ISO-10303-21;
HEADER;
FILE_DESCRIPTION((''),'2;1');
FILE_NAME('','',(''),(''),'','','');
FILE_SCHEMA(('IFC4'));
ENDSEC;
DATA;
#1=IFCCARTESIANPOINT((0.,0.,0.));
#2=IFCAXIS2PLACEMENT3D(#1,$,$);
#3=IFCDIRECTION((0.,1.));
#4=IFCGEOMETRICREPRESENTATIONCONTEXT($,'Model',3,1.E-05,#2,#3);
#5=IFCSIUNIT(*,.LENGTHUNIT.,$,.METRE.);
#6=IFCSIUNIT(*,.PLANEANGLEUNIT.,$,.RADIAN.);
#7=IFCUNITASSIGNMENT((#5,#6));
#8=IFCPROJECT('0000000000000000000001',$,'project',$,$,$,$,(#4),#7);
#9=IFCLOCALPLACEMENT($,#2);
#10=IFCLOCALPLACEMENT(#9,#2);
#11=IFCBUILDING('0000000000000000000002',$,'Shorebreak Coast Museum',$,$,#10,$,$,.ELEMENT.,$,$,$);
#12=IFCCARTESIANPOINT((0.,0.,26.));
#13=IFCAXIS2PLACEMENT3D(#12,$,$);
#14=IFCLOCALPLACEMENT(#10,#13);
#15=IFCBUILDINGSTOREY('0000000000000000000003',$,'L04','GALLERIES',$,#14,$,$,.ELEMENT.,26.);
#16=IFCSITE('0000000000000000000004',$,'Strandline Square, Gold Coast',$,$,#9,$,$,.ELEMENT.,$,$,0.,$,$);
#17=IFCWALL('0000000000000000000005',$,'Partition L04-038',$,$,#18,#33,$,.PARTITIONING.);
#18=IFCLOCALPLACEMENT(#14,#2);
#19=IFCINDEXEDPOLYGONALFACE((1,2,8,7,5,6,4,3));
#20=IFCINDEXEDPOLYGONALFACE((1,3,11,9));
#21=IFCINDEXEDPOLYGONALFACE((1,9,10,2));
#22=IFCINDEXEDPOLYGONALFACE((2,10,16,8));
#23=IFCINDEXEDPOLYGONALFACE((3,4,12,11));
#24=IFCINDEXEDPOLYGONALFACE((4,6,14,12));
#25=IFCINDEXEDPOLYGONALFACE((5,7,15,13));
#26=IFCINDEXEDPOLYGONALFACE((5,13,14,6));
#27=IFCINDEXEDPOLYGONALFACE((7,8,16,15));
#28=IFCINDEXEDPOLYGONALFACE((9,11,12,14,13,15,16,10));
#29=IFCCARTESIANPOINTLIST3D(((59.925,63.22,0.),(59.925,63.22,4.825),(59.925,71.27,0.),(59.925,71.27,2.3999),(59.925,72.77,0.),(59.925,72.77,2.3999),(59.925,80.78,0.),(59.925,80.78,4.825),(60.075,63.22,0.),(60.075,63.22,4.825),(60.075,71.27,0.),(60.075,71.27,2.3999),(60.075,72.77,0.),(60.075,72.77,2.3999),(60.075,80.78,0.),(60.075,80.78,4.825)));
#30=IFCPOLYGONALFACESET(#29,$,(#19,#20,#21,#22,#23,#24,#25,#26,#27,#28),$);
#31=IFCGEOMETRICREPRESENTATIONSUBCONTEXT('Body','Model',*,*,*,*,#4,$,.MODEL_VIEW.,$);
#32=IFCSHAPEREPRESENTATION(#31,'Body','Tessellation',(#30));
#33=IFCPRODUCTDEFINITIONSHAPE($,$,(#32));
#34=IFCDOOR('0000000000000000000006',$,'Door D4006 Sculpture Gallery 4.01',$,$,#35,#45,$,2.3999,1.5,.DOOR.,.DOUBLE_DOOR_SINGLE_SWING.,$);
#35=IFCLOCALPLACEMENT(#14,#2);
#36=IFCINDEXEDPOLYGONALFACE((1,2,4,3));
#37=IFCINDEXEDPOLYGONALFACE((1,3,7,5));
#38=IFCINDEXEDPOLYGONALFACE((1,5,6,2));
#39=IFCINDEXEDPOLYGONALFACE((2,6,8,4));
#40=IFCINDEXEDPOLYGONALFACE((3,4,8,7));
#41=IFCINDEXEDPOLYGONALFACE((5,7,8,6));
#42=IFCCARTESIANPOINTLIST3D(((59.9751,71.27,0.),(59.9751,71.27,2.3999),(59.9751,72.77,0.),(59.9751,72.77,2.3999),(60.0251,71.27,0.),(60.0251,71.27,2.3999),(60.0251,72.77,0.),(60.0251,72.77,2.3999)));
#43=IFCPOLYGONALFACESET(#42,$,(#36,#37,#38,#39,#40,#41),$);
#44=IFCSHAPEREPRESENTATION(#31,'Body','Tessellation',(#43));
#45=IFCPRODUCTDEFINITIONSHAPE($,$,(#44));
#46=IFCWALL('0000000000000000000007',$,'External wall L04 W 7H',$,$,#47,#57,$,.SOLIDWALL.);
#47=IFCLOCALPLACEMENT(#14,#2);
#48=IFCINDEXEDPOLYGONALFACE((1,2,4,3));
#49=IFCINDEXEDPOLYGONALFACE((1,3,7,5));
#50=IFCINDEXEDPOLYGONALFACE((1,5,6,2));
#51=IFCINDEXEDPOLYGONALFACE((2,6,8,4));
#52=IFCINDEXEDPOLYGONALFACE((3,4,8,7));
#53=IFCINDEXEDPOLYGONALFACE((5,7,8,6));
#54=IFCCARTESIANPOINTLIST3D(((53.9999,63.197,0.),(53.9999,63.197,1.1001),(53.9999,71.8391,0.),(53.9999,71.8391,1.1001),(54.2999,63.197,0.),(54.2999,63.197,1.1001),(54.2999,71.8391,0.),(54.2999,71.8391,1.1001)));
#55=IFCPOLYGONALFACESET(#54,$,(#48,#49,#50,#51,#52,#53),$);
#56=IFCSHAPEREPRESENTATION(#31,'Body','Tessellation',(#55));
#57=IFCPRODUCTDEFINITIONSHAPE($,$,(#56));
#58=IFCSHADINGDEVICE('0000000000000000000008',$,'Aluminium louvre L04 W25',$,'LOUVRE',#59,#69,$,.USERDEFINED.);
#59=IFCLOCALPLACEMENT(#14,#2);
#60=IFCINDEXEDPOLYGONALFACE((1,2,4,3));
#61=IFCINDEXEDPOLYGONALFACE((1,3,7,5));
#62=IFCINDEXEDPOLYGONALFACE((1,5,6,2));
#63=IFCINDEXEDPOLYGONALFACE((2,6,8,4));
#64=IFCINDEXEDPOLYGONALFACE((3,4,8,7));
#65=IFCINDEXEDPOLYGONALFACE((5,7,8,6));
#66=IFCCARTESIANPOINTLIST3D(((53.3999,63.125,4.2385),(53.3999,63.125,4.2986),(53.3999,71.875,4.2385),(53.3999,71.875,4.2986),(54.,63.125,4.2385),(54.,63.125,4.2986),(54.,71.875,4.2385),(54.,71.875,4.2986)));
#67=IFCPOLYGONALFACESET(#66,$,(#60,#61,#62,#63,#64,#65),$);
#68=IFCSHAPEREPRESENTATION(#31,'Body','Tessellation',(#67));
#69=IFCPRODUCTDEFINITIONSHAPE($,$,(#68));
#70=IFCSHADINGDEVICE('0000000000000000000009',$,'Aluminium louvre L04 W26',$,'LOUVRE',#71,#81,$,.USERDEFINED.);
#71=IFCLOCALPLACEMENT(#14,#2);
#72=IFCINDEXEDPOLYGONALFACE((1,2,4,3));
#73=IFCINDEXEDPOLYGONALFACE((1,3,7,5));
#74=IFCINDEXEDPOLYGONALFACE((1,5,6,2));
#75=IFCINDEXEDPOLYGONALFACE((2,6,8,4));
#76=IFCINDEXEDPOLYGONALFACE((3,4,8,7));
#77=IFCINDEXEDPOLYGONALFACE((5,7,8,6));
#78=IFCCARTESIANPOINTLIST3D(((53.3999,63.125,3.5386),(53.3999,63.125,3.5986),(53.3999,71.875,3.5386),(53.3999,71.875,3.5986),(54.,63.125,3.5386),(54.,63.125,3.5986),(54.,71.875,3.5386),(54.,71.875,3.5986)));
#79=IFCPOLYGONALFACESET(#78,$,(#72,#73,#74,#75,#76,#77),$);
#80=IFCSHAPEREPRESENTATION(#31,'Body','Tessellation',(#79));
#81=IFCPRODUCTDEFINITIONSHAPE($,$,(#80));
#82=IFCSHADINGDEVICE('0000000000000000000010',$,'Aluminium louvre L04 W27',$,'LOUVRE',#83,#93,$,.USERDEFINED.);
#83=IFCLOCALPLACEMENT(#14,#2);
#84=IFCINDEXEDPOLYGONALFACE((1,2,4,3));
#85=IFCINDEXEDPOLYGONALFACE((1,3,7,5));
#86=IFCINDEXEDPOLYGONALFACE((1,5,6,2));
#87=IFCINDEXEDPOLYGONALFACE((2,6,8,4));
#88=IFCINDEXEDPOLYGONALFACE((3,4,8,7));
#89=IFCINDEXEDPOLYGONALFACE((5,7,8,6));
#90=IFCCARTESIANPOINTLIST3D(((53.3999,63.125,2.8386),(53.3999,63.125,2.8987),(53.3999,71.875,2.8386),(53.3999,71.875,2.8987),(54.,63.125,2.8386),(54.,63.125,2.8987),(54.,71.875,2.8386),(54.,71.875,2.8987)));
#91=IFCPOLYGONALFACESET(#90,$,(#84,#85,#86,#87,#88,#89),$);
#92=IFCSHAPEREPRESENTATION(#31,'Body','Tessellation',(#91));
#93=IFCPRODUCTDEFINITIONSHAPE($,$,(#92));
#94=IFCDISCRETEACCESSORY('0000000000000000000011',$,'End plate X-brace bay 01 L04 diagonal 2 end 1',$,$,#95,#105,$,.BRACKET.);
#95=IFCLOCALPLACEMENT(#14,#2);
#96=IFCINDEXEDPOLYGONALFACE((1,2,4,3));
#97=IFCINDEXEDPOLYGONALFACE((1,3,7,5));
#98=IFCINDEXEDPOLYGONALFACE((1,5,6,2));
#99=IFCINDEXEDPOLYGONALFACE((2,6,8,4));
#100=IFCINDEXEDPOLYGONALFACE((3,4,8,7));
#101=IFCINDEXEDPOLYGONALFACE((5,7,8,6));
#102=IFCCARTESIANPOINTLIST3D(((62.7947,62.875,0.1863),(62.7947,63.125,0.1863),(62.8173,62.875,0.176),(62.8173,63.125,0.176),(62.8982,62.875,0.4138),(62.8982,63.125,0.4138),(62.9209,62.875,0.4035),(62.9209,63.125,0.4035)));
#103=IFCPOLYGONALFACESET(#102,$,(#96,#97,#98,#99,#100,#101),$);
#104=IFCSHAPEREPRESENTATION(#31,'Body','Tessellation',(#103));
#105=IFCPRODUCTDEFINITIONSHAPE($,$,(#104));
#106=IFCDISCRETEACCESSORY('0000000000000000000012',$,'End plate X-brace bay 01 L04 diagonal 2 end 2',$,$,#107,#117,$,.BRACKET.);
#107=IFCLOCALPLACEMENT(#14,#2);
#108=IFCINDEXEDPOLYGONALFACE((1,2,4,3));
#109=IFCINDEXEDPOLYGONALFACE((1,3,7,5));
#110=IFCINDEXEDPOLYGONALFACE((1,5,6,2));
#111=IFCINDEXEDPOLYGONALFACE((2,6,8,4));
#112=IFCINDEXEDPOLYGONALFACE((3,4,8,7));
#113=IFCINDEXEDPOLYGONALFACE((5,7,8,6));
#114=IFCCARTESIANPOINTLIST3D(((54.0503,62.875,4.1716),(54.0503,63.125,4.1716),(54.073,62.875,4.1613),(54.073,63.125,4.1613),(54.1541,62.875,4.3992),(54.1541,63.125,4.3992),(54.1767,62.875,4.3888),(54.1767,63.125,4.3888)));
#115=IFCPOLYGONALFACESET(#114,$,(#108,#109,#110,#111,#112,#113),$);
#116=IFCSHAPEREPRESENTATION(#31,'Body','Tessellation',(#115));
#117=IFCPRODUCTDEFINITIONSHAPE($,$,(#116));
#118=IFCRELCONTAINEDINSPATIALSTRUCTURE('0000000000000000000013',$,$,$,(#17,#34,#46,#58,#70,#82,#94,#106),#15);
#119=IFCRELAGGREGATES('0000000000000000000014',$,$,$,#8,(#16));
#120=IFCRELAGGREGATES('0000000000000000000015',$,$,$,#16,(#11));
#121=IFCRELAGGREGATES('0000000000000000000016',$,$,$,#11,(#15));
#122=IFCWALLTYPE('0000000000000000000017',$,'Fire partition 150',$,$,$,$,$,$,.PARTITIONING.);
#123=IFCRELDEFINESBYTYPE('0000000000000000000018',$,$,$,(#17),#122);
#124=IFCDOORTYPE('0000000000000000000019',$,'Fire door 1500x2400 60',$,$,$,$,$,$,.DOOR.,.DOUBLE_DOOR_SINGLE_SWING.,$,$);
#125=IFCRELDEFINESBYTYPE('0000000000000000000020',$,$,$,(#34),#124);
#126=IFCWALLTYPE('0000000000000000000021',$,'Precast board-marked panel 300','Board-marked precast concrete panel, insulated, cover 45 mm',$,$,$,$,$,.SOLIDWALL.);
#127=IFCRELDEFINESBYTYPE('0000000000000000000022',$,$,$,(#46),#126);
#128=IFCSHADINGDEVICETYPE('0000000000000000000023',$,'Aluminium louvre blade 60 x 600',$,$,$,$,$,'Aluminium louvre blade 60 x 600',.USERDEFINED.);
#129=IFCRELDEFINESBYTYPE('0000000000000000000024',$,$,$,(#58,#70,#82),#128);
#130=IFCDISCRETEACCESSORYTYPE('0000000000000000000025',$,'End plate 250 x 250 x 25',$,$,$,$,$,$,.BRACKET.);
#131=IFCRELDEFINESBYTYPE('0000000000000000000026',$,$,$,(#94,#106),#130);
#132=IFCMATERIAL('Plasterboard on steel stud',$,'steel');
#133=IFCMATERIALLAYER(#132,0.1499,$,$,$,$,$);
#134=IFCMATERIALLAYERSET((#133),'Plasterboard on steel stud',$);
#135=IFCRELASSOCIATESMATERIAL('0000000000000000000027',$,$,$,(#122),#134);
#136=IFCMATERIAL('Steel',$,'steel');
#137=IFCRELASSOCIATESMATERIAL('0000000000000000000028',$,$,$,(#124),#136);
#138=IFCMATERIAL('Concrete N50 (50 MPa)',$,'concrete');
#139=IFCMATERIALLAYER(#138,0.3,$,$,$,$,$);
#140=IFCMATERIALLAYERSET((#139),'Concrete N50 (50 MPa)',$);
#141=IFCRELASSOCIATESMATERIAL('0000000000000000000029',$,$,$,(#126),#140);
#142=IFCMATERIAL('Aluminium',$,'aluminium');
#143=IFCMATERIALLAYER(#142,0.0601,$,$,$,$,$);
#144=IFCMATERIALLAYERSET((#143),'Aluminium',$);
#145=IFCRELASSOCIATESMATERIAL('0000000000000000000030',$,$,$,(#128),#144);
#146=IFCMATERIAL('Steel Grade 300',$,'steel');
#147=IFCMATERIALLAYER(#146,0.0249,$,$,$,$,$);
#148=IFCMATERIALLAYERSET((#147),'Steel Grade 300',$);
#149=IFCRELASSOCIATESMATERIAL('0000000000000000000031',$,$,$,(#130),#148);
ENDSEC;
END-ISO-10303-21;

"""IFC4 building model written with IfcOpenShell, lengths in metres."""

from ifc_helpers import new_model, si_unit, direction, frame, frame_2d, origin, origin_2d, place, context, subcontext, project, spatial, polyline, rectangle, outline, extrude, material, layer, layer_set, type_object, element, fill, save


model = new_model("IFC4")

# Units and contexts
model_context = context("Model", 3, precision=1e-05, world=origin(), true_north=direction((0.0, 1.0)))
body_context = subcontext(model_context, "Body", "Model", "MODEL_VIEW")
ifc_project = project(units=[si_unit("LENGTHUNIT", "METRE"), si_unit("PLANEANGLEUNIT", "RADIAN")], contexts=[model_context])

# Site, building, storey
site_placement = place(None, origin())
site = spatial("IfcSite", under=ifc_project, at=site_placement, Name="Strandline Square, Gold Coast", CompositionType="ELEMENT", RefElevation=0.0)
building_placement = place(site_placement, origin())
building = spatial("IfcBuilding", under=site, at=building_placement, Name="Shorebreak Coast Museum", CompositionType="ELEMENT")
storey_placement = place(building_placement, frame((0.0, 0.0, 26.0)))
storey = spatial("IfcBuildingStorey", under=building, at=storey_placement, Name="L04", Description="GALLERIES", CompositionType="ELEMENT", Elevation=26.0)

# Wall, opening, door
ifc_material_1 = material(Name="Plasterboard on steel stud", Category="steel")
ifc_layer_1 = layer(ifc_material_1, 0.1499)
ifc_layer_set_1 = layer_set([ifc_layer_1], Name="Plasterboard on steel stud")
wall_type_1 = type_object("IfcWallType", Name="Fire partition 150", PredefinedType="PARTITIONING", material=ifc_layer_set_1)
wall_1_placement = place(storey_placement, frame((60.0, 63.22, 0.0), z_axis=(0.0, 0.0, 1.0), x_axis=(0.0, 1.0, 0.0)))
wall_1 = element("IfcWall", 1, at=wall_1_placement, inside=storey, type_object=wall_type_1, Name="Partition L04-038", PredefinedType="PARTITIONING", context=body_context, shape_type="SweptSolid", body=[
    extrude(rectangle(XDim=17.5601, YDim=0.1499, at=frame_2d((8.78, 0.0))), origin(), (0.0, 0.0, 1.0), 4.825),
])
opening_placement = place(wall_1_placement, frame((8.05, 0.0, 0.0)))
opening = element("IfcOpeningElement", 2, at=opening_placement, cuts=wall_1, PredefinedType="OPENING", context=body_context, shape_type="SweptSolid", body=[
    extrude(rectangle(XDim=1.5, YDim=2.3999, at=frame_2d((0.75, 1.2))), frame((0.0, 0.085, 0.0), z_axis=(0.0, -1.0, 0.0), x_axis=(1.0, 0.0, 0.0)), (0.0, 0.0, 1.0), 0.1699),
])
ifc_material_2 = material(Name="Steel", Category="steel")
door_type = type_object("IfcDoorType", Name="Fire door 1500x2400 60", OperationType="DOUBLE_DOOR_SINGLE_SWING", PredefinedType="DOOR", material=ifc_material_2)
door_placement = place(opening_placement, origin())
door = element("IfcDoor", 3, at=door_placement, inside=storey, type_object=door_type, Name="Door D4006 Sculpture Gallery 4.01", OperationType="DOUBLE_DOOR_SINGLE_SWING", OverallHeight=2.3999, OverallWidth=1.5, PredefinedType="DOOR", context=body_context, shape_type="SweptSolid", body=[
    extrude(rectangle(XDim=1.5, YDim=2.3999, at=frame_2d((0.75, 1.2))), frame((0.0, 0.0249, 0.0), z_axis=(0.0, -1.0, 0.0), x_axis=(1.0, 0.0, 0.0)), (0.0, 0.0, 1.0), 0.05),
])
fill(opening, door)

# Wall
ifc_material_3 = material(Name="Concrete N50 (50 MPa)", Category="concrete")
ifc_layer_2 = layer(ifc_material_3, 0.3)
ifc_layer_set_2 = layer_set([ifc_layer_2], Name="Concrete N50 (50 MPa)")
wall_type_2 = type_object("IfcWallType", Name="Precast board-marked panel 300", Description="Board-marked precast concrete panel, insulated, cover 45 mm", PredefinedType="SOLIDWALL", material=ifc_layer_set_2)
wall_2_placement = place(storey_placement, frame((54.1499, 63.197, 0.0), z_axis=(0.0, 0.0, 1.0), x_axis=(0.0, 1.0, 0.0)))
element("IfcWall", 4, at=wall_2_placement, inside=storey, type_object=wall_type_2, Name="External wall L04 W 7H", PredefinedType="SOLIDWALL", context=body_context, shape_type="SweptSolid", body=[
    extrude(rectangle(XDim=8.6421, YDim=0.3, at=frame_2d((4.321, 0.0))), origin(), (0.0, 0.0, 1.0), 1.1001),
])

# Shading devices
ifc_material_4 = material(Name="Aluminium", Category="aluminium")
ifc_layer_3 = layer(ifc_material_4, 0.0601)
ifc_layer_set_3 = layer_set([ifc_layer_3], Name="Aluminium")
shading_device_type = type_object("IfcShadingDeviceType", Name="Aluminium louvre blade 60 x 600", ElementType="Aluminium louvre blade 60 x 600", PredefinedType="USERDEFINED", material=ifc_layer_set_3)
for number, where, z_axis, x_axis, name in (
    (5, (53.7, 67.5, 4.2385), (0.0, 0.0, 1.0), (1.0, 0.0, 0.0), "Aluminium louvre L04 W25"),
    (6, (53.7, 67.5, 3.5386), (0.0, 0.0, 1.0), (1.0, 0.0, 0.0), "Aluminium louvre L04 W26"),
    (7, (53.7, 67.5, 2.8386), (0.0, 0.0, 1.0), (1.0, 0.0, 0.0), "Aluminium louvre L04 W27"),
):
    element("IfcShadingDevice", number, at=place(storey_placement, frame(where, z_axis=z_axis, x_axis=x_axis)), inside=storey, type_object=shading_device_type, Name=name, ObjectType="LOUVRE", PredefinedType="USERDEFINED", context=body_context, shape_type="SweptSolid", body=[
        extrude(rectangle(XDim=0.6001, YDim=8.75, at=origin_2d()), origin(), (0.0, 0.0, 1.0), 0.0601),
    ])

# Discrete accessories
ifc_material_5 = material(Name="Steel Grade 300", Category="steel")
ifc_layer_4 = layer(ifc_material_5, 0.0249)
ifc_layer_set_4 = layer_set([ifc_layer_4], Name="Steel Grade 300")
discrete_accessory_type = type_object("IfcDiscreteAccessoryType", Name="End plate 250 x 250 x 25", PredefinedType="BRACKET", material=ifc_layer_set_4)
discrete_accessory_1_placement = place(storey_placement, frame((62.7947, 63.125, 0.1863), z_axis=(-0.910233, 0.0, 0.414097), x_axis=(0.0, -1.0, 0.0)))
element("IfcDiscreteAccessory", 8, at=discrete_accessory_1_placement, inside=storey, type_object=discrete_accessory_type, Name="End plate X-brace bay 01 L04 diagonal 2 end 1", PredefinedType="BRACKET", context=body_context, shape_type="SweptSolid", body=[
    extrude(outline(polyline([(0.0, 0.0), (0.25, 0.0), (0.25, 0.25), (0.0, 0.25), (0.0, 0.0)])), origin(), (0.0, 0.0, -1.0), 0.0249),
])
discrete_accessory_2_placement = place(storey_placement, frame((54.0503, 63.125, 4.1716), z_axis=(-0.909864, 0.0, 0.414906), x_axis=(0.0, -1.0, 0.0)))
element("IfcDiscreteAccessory", 9, at=discrete_accessory_2_placement, inside=storey, type_object=discrete_accessory_type, Name="End plate X-brace bay 01 L04 diagonal 2 end 2", PredefinedType="BRACKET", context=body_context, shape_type="SweptSolid", body=[
    extrude(outline(polyline([(0.0, 0.0), (0.25, 0.0), (0.25, 0.2501), (0.0, 0.2501), (0.0, 0.0)])), origin(), (0.0, 0.0, -1.0), 0.0249),
])

save(model, "model.ifc")
